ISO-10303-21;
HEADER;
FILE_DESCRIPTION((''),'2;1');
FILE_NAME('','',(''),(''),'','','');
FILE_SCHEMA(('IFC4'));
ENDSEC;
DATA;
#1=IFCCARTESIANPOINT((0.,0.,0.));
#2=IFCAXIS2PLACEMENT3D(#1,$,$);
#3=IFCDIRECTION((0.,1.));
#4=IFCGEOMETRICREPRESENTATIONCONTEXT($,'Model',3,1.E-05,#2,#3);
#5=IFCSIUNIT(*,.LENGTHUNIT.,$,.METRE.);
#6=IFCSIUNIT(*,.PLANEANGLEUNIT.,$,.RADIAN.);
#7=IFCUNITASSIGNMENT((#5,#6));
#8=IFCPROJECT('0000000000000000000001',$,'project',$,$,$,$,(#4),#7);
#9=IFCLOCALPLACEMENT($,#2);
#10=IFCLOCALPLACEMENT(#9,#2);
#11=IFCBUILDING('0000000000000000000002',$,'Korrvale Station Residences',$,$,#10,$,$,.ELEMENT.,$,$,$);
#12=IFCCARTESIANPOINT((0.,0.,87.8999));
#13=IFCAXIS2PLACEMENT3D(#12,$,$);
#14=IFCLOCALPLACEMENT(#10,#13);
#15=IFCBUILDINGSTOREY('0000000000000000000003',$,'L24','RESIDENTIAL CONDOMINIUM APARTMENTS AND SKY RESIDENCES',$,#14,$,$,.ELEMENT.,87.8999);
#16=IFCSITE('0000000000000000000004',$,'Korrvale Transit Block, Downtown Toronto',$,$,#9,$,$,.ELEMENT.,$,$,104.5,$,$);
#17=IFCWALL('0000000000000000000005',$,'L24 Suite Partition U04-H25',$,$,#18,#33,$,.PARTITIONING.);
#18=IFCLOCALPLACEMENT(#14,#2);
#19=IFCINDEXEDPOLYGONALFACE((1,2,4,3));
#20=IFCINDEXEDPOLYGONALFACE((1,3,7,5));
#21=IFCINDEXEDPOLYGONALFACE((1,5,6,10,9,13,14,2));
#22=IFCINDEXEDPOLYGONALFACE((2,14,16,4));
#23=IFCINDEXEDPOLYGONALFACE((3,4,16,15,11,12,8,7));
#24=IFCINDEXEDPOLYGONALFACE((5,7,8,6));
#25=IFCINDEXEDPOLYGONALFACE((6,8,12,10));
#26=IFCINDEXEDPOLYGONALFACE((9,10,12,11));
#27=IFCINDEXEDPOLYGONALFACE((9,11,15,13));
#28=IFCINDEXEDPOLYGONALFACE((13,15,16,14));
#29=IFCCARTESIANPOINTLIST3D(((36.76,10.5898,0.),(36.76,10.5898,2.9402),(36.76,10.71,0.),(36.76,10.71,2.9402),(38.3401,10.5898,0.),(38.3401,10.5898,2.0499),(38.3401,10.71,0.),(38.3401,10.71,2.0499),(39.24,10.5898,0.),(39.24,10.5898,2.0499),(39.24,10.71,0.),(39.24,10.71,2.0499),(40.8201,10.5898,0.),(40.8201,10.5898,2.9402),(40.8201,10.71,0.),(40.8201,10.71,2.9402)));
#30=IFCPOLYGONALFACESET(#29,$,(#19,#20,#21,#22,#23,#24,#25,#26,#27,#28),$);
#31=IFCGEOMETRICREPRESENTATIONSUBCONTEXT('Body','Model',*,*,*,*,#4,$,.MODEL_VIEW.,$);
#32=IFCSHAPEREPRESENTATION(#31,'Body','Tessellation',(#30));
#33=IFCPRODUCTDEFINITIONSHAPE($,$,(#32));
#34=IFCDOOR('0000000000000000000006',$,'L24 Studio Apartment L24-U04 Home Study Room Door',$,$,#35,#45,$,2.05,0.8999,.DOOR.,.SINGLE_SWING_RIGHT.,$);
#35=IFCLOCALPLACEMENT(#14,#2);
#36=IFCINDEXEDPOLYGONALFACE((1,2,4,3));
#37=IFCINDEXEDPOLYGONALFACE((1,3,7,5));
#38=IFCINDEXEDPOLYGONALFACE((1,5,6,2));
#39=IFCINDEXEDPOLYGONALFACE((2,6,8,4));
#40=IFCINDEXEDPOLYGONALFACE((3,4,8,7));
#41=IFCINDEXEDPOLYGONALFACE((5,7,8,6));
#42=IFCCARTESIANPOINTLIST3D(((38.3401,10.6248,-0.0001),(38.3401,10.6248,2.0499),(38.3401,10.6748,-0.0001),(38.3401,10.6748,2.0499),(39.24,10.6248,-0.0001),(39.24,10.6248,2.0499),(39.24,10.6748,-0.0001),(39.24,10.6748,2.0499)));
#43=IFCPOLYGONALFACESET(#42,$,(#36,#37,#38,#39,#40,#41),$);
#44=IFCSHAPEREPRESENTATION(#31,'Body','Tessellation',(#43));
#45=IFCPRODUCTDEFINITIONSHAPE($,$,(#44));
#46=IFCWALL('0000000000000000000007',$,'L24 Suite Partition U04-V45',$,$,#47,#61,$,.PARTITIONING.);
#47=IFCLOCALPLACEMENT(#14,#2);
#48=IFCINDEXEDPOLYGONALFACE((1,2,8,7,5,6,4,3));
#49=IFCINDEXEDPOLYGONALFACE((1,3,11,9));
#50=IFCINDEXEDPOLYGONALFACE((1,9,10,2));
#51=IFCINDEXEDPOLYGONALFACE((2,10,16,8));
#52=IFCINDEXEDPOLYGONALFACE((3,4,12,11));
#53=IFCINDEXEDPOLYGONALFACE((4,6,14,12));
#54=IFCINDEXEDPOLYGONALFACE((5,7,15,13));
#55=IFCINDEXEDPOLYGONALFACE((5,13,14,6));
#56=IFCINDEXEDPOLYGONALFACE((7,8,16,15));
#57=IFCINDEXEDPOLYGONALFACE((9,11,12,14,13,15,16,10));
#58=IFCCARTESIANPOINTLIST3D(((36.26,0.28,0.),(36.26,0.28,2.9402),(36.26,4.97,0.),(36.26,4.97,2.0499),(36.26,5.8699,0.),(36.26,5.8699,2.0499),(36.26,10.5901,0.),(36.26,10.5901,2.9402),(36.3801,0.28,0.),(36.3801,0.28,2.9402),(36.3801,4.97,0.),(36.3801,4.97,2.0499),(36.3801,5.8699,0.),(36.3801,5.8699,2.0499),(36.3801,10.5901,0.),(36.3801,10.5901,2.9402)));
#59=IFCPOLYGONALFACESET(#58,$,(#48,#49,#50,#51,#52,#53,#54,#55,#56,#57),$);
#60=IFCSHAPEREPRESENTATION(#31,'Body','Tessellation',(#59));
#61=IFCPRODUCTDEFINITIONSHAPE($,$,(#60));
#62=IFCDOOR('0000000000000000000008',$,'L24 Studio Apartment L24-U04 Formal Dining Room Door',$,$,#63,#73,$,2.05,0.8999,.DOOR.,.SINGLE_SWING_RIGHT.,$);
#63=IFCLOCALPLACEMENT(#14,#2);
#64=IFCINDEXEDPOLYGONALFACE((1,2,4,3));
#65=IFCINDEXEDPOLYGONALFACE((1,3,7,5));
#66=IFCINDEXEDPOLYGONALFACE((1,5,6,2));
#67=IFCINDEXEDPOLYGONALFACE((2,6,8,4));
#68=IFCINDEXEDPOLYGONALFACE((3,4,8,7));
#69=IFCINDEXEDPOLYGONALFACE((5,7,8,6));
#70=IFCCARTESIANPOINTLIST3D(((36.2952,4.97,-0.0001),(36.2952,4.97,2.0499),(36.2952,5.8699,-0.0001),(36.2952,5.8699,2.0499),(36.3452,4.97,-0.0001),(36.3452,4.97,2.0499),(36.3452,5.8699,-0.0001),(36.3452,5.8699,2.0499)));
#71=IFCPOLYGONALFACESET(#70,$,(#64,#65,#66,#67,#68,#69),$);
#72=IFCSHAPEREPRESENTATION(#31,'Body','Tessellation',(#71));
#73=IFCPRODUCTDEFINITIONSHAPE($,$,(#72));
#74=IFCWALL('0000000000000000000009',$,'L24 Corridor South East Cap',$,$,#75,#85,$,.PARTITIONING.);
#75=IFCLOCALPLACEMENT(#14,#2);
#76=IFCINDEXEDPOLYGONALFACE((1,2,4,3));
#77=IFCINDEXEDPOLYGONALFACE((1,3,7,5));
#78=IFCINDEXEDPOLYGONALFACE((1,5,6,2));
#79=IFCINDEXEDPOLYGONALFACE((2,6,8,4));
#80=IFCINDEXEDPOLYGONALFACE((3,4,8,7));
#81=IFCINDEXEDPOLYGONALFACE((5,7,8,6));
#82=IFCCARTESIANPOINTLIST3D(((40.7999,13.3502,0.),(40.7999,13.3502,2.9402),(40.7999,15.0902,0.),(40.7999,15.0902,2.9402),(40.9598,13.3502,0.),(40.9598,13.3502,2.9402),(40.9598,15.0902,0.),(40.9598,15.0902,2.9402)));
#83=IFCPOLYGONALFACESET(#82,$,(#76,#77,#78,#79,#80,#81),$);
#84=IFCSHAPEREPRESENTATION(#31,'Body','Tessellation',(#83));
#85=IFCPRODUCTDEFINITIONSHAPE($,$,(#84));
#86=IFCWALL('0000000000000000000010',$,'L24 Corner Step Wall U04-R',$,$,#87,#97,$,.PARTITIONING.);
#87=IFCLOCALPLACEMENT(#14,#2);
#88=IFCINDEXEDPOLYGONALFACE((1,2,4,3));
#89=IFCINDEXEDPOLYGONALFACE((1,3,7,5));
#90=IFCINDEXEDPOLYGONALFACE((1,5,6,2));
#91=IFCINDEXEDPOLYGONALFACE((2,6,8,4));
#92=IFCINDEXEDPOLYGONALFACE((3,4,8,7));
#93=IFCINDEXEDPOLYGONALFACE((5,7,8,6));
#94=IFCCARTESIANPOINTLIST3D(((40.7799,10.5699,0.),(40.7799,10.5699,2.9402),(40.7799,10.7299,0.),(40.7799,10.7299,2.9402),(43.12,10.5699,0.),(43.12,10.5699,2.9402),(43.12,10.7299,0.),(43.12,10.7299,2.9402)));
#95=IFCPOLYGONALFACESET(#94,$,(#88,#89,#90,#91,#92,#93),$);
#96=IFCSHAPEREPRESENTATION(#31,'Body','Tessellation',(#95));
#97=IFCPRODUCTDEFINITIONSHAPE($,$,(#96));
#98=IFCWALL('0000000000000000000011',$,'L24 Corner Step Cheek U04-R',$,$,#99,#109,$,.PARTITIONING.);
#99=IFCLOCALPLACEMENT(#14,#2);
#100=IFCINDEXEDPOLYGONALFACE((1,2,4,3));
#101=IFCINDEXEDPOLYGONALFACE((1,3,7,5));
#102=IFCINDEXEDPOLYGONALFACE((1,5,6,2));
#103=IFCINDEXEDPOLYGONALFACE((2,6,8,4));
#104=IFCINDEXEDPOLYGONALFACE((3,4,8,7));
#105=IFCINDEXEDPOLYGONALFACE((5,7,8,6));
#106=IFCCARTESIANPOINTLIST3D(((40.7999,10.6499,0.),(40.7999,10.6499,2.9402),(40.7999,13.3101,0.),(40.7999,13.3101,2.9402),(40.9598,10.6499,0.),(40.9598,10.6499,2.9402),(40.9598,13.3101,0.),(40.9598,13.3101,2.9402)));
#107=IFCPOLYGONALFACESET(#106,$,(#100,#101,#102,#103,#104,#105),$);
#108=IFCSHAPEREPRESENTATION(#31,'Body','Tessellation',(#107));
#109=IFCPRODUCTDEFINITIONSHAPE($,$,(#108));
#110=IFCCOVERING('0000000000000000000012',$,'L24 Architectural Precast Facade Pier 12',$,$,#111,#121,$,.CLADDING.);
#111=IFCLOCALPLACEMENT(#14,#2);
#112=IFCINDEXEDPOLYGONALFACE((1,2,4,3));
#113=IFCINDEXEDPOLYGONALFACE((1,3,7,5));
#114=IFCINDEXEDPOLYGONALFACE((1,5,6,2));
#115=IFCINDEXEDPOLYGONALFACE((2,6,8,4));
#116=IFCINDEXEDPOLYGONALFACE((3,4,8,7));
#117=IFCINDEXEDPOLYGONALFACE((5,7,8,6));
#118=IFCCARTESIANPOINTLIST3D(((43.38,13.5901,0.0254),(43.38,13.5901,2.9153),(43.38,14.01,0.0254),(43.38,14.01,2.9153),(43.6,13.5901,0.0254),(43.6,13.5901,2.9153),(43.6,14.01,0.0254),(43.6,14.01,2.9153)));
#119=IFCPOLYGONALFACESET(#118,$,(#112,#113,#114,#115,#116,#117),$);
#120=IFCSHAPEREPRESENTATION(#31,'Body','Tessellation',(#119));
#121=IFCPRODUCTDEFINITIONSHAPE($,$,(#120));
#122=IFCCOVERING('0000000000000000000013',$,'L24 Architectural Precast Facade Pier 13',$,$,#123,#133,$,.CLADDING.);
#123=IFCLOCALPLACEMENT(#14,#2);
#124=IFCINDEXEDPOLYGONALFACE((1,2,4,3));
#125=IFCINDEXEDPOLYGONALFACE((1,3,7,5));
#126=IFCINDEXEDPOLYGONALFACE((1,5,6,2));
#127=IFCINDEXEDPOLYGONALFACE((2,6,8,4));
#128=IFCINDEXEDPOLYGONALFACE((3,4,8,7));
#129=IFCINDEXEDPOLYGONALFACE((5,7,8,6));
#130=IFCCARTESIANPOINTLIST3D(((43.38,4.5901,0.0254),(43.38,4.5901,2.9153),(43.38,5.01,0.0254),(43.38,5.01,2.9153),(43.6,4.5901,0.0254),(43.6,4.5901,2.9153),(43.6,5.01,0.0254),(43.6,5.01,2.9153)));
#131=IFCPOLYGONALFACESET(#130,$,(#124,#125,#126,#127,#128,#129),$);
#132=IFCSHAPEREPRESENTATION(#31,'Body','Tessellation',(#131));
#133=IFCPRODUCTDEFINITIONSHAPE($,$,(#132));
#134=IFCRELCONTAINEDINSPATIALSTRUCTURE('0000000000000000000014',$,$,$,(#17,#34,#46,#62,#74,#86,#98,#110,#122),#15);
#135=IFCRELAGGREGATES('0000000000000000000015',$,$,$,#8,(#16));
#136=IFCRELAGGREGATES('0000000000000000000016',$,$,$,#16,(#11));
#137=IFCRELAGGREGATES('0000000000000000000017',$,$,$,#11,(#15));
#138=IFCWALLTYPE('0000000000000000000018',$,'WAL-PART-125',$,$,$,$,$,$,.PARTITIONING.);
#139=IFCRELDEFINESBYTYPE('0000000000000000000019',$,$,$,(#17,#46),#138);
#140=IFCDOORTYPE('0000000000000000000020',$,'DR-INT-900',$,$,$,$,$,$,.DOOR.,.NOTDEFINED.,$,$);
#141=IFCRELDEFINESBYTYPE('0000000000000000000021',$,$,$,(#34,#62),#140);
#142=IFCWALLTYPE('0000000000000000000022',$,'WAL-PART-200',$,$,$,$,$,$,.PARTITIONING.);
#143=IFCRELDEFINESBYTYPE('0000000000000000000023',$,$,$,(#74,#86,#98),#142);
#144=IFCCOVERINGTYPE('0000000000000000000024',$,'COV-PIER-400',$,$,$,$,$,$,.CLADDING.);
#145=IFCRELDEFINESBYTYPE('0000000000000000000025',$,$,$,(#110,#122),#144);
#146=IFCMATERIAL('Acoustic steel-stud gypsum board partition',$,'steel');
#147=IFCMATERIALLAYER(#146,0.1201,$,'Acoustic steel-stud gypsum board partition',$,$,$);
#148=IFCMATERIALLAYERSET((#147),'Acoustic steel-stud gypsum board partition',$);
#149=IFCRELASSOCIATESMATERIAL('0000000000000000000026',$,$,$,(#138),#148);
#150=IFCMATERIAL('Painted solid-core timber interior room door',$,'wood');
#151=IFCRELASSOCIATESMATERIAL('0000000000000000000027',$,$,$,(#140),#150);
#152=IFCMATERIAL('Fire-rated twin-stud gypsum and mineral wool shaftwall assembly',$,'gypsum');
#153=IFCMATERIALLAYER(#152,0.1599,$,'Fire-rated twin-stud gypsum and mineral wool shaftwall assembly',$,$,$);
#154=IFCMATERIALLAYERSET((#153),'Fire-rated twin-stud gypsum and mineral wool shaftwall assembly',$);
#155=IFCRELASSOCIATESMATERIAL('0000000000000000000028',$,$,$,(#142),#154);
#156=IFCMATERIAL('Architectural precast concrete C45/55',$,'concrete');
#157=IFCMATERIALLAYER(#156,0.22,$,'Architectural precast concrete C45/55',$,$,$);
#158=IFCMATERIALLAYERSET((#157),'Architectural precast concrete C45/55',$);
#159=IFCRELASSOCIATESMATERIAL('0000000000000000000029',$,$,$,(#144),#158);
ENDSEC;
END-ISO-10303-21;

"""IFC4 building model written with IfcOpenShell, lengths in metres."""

from ifc_helpers import new_model, si_unit, direction, frame, frame_2d, origin, origin_2d, place, context, subcontext, project, spatial, rectangle, extrude, material, layer, layer_set, type_object, element, fill, save


model = new_model("IFC4")

# Units and contexts
model_context = context("Model", 3, precision=1e-05, world=origin(), true_north=direction((0.0, 1.0)))
body_context = subcontext(model_context, "Body", "Model", "MODEL_VIEW")
ifc_project = project(units=[si_unit("LENGTHUNIT", "METRE"), si_unit("PLANEANGLEUNIT", "RADIAN")], contexts=[model_context])

# Site, building, storey
site_placement = place(None, origin())
site = spatial("IfcSite", under=ifc_project, at=site_placement, Name="Korrvale Transit Block, Downtown Toronto", CompositionType="ELEMENT", RefElevation=104.5)
building_placement = place(site_placement, origin())
building = spatial("IfcBuilding", under=site, at=building_placement, Name="Korrvale Station Residences", CompositionType="ELEMENT")
storey_placement = place(building_placement, frame((0.0, 0.0, 87.8999)))
storey = spatial("IfcBuildingStorey", under=building, at=storey_placement, Name="L24", Description="RESIDENTIAL CONDOMINIUM APARTMENTS AND SKY RESIDENCES", CompositionType="ELEMENT", Elevation=87.8999)

# Walls, openings, doors
ifc_material_1 = material(Name="Acoustic steel-stud gypsum board partition", Category="steel")
ifc_layer_1 = layer(ifc_material_1, 0.1201, Name="Acoustic steel-stud gypsum board partition")
ifc_layer_set_1 = layer_set([ifc_layer_1], Name="Acoustic steel-stud gypsum board partition")
wall_type_1 = type_object("IfcWallType", Name="WAL-PART-125", PredefinedType="PARTITIONING", material=ifc_layer_set_1)
ifc_material_2 = material(Name="Painted solid-core timber interior room door", Category="wood")
door_type = type_object("IfcDoorType", Name="DR-INT-900", OperationType="NOTDEFINED", PredefinedType="DOOR", material=ifc_material_2)
wall_1_placement = place(storey_placement, frame((36.76, 10.6499, 0.0), z_axis=(0.0, 0.0, 1.0), x_axis=(1.0, 0.0, 0.0)))
wall_1 = element("IfcWall", 1, at=wall_1_placement, inside=storey, type_object=wall_type_1, Name="L24 Suite Partition U04-H25", PredefinedType="PARTITIONING", context=body_context, shape_type="SweptSolid", body=[
    extrude(rectangle(XDim=4.0601, YDim=0.1201, at=frame_2d((2.03, 0.0))), origin(), (0.0, 0.0, 1.0), 2.9402),
])
opening_1_placement = place(wall_1_placement, frame((1.5801, 0.0, 0.0)))
opening_1 = element("IfcOpeningElement", 2, at=opening_1_placement, cuts=wall_1, PredefinedType="OPENING", context=body_context, shape_type="SweptSolid", body=[
    extrude(rectangle(XDim=0.8999, YDim=2.05, at=frame_2d((0.45, 1.0249))), frame((0.0, 0.0701, 0.0), z_axis=(0.0, -1.0, 0.0), x_axis=(1.0, 0.0, 0.0)), (0.0, 0.0, 1.0), 0.1401),
])
door_1_placement = place(opening_1_placement, origin())
door_1 = element("IfcDoor", 3, at=door_1_placement, inside=storey, type_object=door_type, Name="L24 Studio Apartment L24-U04 Home Study Room Door", OperationType="SINGLE_SWING_RIGHT", OverallHeight=2.05, OverallWidth=0.8999, PredefinedType="DOOR", context=body_context, shape_type="SweptSolid", body=[
    extrude(rectangle(XDim=0.8999, YDim=2.05, at=frame_2d((0.45, 1.0249))), frame((0.0, 0.0249, 0.0), z_axis=(0.0, -1.0, 0.0), x_axis=(1.0, 0.0, 0.0)), (0.0, 0.0, 1.0), 0.05),
])
fill(opening_1, door_1)
wall_2_placement = place(storey_placement, frame((36.3201, 0.28, 0.0), z_axis=(0.0, 0.0, 1.0), x_axis=(0.0, 1.0, 0.0)))
wall_2 = element("IfcWall", 4, at=wall_2_placement, inside=storey, type_object=wall_type_1, Name="L24 Suite Partition U04-V45", PredefinedType="PARTITIONING", context=body_context, shape_type="SweptSolid", body=[
    extrude(rectangle(XDim=10.3101, YDim=0.1201, at=frame_2d((5.155, 0.0))), origin(), (0.0, 0.0, 1.0), 2.9402),
])
opening_2_placement = place(wall_2_placement, frame((4.6899, 0.0, 0.0)))
opening_2 = element("IfcOpeningElement", 5, at=opening_2_placement, cuts=wall_2, PredefinedType="OPENING", context=body_context, shape_type="SweptSolid", body=[
    extrude(rectangle(XDim=0.8999, YDim=2.05, at=frame_2d((0.45, 1.0249))), frame((0.0, 0.0701, 0.0), z_axis=(0.0, -1.0, 0.0), x_axis=(1.0, 0.0, 0.0)), (0.0, 0.0, 1.0), 0.1401),
])
door_2_placement = place(opening_2_placement, origin())
door_2 = element("IfcDoor", 6, at=door_2_placement, inside=storey, type_object=door_type, Name="L24 Studio Apartment L24-U04 Formal Dining Room Door", OperationType="SINGLE_SWING_RIGHT", OverallHeight=2.05, OverallWidth=0.8999, PredefinedType="DOOR", context=body_context, shape_type="SweptSolid", body=[
    extrude(rectangle(XDim=0.8999, YDim=2.05, at=frame_2d((0.45, 1.0249))), frame((0.0, 0.0249, 0.0), z_axis=(0.0, -1.0, 0.0), x_axis=(1.0, 0.0, 0.0)), (0.0, 0.0, 1.0), 0.05),
])
fill(opening_2, door_2)

# Walls
ifc_material_3 = material(Name="Fire-rated twin-stud gypsum and mineral wool shaftwall assembly", Category="gypsum")
ifc_layer_2 = layer(ifc_material_3, 0.1599, Name="Fire-rated twin-stud gypsum and mineral wool shaftwall assembly")
ifc_layer_set_2 = layer_set([ifc_layer_2], Name="Fire-rated twin-stud gypsum and mineral wool shaftwall assembly")
wall_type_2 = type_object("IfcWallType", Name="WAL-PART-200", PredefinedType="PARTITIONING", material=ifc_layer_set_2)
wall_3_placement = place(storey_placement, frame((40.8799, 13.3501, 0.0), z_axis=(0.0, 0.0, 1.0), x_axis=(0.0, 1.0, 0.0)))
element("IfcWall", 7, at=wall_3_placement, inside=storey, type_object=wall_type_2, Name="L24 Corridor South East Cap", PredefinedType="PARTITIONING", context=body_context, shape_type="SweptSolid", body=[
    extrude(rectangle(XDim=1.74, YDim=0.1599, at=frame_2d((0.8701, 0.0))), origin(), (0.0, 0.0, 1.0), 2.9402),
])
wall_4_placement = place(storey_placement, frame((40.78, 10.6499, 0.0), z_axis=(0.0, 0.0, 1.0), x_axis=(1.0, 0.0, 0.0)))
element("IfcWall", 8, at=wall_4_placement, inside=storey, type_object=wall_type_2, Name="L24 Corner Step Wall U04-R", PredefinedType="PARTITIONING", context=body_context, shape_type="SweptSolid", body=[
    extrude(rectangle(XDim=2.3401, YDim=0.1599, at=frame_2d((1.1699, 0.0))), origin(), (0.0, 0.0, 1.0), 2.9402),
])
wall_5_placement = place(storey_placement, frame((40.8799, 10.6499, 0.0), z_axis=(0.0, 0.0, 1.0), x_axis=(0.0, 1.0, 0.0)))
element("IfcWall", 9, at=wall_5_placement, inside=storey, type_object=wall_type_2, Name="L24 Corner Step Cheek U04-R", PredefinedType="PARTITIONING", context=body_context, shape_type="SweptSolid", body=[
    extrude(rectangle(XDim=2.6602, YDim=0.1599, at=frame_2d((1.3301, 0.0))), origin(), (0.0, 0.0, 1.0), 2.9402),
])

# Coverings
ifc_material_4 = material(Name="Architectural precast concrete C45/55", Category="concrete")
ifc_layer_3 = layer(ifc_material_4, 0.22, Name="Architectural precast concrete C45/55")
ifc_layer_set_3 = layer_set([ifc_layer_3], Name="Architectural precast concrete C45/55")
covering_type = type_object("IfcCoveringType", Name="COV-PIER-400", PredefinedType="CLADDING", material=ifc_layer_set_3)
for number, where, z_axis, x_axis, name in (
    (10, (43.49, 13.8, 0.0254), (0.0, 0.0, 1.0), (0.0, 1.0, 0.0), "L24 Architectural Precast Facade Pier 12"),
    (11, (43.49, 4.8, 0.0254), (0.0, 0.0, 1.0), (0.0, 1.0, 0.0), "L24 Architectural Precast Facade Pier 13"),
):
    element("IfcCovering", number, at=place(storey_placement, frame(where, z_axis=z_axis, x_axis=x_axis)), inside=storey, type_object=covering_type, Name=name, PredefinedType="CLADDING", context=body_context, shape_type="SweptSolid", body=[
        extrude(rectangle(XDim=0.4199, YDim=0.22, at=origin_2d()), origin(), (0.0, 0.0, 1.0), 2.8899),
    ])

save(model, "model.ifc")
